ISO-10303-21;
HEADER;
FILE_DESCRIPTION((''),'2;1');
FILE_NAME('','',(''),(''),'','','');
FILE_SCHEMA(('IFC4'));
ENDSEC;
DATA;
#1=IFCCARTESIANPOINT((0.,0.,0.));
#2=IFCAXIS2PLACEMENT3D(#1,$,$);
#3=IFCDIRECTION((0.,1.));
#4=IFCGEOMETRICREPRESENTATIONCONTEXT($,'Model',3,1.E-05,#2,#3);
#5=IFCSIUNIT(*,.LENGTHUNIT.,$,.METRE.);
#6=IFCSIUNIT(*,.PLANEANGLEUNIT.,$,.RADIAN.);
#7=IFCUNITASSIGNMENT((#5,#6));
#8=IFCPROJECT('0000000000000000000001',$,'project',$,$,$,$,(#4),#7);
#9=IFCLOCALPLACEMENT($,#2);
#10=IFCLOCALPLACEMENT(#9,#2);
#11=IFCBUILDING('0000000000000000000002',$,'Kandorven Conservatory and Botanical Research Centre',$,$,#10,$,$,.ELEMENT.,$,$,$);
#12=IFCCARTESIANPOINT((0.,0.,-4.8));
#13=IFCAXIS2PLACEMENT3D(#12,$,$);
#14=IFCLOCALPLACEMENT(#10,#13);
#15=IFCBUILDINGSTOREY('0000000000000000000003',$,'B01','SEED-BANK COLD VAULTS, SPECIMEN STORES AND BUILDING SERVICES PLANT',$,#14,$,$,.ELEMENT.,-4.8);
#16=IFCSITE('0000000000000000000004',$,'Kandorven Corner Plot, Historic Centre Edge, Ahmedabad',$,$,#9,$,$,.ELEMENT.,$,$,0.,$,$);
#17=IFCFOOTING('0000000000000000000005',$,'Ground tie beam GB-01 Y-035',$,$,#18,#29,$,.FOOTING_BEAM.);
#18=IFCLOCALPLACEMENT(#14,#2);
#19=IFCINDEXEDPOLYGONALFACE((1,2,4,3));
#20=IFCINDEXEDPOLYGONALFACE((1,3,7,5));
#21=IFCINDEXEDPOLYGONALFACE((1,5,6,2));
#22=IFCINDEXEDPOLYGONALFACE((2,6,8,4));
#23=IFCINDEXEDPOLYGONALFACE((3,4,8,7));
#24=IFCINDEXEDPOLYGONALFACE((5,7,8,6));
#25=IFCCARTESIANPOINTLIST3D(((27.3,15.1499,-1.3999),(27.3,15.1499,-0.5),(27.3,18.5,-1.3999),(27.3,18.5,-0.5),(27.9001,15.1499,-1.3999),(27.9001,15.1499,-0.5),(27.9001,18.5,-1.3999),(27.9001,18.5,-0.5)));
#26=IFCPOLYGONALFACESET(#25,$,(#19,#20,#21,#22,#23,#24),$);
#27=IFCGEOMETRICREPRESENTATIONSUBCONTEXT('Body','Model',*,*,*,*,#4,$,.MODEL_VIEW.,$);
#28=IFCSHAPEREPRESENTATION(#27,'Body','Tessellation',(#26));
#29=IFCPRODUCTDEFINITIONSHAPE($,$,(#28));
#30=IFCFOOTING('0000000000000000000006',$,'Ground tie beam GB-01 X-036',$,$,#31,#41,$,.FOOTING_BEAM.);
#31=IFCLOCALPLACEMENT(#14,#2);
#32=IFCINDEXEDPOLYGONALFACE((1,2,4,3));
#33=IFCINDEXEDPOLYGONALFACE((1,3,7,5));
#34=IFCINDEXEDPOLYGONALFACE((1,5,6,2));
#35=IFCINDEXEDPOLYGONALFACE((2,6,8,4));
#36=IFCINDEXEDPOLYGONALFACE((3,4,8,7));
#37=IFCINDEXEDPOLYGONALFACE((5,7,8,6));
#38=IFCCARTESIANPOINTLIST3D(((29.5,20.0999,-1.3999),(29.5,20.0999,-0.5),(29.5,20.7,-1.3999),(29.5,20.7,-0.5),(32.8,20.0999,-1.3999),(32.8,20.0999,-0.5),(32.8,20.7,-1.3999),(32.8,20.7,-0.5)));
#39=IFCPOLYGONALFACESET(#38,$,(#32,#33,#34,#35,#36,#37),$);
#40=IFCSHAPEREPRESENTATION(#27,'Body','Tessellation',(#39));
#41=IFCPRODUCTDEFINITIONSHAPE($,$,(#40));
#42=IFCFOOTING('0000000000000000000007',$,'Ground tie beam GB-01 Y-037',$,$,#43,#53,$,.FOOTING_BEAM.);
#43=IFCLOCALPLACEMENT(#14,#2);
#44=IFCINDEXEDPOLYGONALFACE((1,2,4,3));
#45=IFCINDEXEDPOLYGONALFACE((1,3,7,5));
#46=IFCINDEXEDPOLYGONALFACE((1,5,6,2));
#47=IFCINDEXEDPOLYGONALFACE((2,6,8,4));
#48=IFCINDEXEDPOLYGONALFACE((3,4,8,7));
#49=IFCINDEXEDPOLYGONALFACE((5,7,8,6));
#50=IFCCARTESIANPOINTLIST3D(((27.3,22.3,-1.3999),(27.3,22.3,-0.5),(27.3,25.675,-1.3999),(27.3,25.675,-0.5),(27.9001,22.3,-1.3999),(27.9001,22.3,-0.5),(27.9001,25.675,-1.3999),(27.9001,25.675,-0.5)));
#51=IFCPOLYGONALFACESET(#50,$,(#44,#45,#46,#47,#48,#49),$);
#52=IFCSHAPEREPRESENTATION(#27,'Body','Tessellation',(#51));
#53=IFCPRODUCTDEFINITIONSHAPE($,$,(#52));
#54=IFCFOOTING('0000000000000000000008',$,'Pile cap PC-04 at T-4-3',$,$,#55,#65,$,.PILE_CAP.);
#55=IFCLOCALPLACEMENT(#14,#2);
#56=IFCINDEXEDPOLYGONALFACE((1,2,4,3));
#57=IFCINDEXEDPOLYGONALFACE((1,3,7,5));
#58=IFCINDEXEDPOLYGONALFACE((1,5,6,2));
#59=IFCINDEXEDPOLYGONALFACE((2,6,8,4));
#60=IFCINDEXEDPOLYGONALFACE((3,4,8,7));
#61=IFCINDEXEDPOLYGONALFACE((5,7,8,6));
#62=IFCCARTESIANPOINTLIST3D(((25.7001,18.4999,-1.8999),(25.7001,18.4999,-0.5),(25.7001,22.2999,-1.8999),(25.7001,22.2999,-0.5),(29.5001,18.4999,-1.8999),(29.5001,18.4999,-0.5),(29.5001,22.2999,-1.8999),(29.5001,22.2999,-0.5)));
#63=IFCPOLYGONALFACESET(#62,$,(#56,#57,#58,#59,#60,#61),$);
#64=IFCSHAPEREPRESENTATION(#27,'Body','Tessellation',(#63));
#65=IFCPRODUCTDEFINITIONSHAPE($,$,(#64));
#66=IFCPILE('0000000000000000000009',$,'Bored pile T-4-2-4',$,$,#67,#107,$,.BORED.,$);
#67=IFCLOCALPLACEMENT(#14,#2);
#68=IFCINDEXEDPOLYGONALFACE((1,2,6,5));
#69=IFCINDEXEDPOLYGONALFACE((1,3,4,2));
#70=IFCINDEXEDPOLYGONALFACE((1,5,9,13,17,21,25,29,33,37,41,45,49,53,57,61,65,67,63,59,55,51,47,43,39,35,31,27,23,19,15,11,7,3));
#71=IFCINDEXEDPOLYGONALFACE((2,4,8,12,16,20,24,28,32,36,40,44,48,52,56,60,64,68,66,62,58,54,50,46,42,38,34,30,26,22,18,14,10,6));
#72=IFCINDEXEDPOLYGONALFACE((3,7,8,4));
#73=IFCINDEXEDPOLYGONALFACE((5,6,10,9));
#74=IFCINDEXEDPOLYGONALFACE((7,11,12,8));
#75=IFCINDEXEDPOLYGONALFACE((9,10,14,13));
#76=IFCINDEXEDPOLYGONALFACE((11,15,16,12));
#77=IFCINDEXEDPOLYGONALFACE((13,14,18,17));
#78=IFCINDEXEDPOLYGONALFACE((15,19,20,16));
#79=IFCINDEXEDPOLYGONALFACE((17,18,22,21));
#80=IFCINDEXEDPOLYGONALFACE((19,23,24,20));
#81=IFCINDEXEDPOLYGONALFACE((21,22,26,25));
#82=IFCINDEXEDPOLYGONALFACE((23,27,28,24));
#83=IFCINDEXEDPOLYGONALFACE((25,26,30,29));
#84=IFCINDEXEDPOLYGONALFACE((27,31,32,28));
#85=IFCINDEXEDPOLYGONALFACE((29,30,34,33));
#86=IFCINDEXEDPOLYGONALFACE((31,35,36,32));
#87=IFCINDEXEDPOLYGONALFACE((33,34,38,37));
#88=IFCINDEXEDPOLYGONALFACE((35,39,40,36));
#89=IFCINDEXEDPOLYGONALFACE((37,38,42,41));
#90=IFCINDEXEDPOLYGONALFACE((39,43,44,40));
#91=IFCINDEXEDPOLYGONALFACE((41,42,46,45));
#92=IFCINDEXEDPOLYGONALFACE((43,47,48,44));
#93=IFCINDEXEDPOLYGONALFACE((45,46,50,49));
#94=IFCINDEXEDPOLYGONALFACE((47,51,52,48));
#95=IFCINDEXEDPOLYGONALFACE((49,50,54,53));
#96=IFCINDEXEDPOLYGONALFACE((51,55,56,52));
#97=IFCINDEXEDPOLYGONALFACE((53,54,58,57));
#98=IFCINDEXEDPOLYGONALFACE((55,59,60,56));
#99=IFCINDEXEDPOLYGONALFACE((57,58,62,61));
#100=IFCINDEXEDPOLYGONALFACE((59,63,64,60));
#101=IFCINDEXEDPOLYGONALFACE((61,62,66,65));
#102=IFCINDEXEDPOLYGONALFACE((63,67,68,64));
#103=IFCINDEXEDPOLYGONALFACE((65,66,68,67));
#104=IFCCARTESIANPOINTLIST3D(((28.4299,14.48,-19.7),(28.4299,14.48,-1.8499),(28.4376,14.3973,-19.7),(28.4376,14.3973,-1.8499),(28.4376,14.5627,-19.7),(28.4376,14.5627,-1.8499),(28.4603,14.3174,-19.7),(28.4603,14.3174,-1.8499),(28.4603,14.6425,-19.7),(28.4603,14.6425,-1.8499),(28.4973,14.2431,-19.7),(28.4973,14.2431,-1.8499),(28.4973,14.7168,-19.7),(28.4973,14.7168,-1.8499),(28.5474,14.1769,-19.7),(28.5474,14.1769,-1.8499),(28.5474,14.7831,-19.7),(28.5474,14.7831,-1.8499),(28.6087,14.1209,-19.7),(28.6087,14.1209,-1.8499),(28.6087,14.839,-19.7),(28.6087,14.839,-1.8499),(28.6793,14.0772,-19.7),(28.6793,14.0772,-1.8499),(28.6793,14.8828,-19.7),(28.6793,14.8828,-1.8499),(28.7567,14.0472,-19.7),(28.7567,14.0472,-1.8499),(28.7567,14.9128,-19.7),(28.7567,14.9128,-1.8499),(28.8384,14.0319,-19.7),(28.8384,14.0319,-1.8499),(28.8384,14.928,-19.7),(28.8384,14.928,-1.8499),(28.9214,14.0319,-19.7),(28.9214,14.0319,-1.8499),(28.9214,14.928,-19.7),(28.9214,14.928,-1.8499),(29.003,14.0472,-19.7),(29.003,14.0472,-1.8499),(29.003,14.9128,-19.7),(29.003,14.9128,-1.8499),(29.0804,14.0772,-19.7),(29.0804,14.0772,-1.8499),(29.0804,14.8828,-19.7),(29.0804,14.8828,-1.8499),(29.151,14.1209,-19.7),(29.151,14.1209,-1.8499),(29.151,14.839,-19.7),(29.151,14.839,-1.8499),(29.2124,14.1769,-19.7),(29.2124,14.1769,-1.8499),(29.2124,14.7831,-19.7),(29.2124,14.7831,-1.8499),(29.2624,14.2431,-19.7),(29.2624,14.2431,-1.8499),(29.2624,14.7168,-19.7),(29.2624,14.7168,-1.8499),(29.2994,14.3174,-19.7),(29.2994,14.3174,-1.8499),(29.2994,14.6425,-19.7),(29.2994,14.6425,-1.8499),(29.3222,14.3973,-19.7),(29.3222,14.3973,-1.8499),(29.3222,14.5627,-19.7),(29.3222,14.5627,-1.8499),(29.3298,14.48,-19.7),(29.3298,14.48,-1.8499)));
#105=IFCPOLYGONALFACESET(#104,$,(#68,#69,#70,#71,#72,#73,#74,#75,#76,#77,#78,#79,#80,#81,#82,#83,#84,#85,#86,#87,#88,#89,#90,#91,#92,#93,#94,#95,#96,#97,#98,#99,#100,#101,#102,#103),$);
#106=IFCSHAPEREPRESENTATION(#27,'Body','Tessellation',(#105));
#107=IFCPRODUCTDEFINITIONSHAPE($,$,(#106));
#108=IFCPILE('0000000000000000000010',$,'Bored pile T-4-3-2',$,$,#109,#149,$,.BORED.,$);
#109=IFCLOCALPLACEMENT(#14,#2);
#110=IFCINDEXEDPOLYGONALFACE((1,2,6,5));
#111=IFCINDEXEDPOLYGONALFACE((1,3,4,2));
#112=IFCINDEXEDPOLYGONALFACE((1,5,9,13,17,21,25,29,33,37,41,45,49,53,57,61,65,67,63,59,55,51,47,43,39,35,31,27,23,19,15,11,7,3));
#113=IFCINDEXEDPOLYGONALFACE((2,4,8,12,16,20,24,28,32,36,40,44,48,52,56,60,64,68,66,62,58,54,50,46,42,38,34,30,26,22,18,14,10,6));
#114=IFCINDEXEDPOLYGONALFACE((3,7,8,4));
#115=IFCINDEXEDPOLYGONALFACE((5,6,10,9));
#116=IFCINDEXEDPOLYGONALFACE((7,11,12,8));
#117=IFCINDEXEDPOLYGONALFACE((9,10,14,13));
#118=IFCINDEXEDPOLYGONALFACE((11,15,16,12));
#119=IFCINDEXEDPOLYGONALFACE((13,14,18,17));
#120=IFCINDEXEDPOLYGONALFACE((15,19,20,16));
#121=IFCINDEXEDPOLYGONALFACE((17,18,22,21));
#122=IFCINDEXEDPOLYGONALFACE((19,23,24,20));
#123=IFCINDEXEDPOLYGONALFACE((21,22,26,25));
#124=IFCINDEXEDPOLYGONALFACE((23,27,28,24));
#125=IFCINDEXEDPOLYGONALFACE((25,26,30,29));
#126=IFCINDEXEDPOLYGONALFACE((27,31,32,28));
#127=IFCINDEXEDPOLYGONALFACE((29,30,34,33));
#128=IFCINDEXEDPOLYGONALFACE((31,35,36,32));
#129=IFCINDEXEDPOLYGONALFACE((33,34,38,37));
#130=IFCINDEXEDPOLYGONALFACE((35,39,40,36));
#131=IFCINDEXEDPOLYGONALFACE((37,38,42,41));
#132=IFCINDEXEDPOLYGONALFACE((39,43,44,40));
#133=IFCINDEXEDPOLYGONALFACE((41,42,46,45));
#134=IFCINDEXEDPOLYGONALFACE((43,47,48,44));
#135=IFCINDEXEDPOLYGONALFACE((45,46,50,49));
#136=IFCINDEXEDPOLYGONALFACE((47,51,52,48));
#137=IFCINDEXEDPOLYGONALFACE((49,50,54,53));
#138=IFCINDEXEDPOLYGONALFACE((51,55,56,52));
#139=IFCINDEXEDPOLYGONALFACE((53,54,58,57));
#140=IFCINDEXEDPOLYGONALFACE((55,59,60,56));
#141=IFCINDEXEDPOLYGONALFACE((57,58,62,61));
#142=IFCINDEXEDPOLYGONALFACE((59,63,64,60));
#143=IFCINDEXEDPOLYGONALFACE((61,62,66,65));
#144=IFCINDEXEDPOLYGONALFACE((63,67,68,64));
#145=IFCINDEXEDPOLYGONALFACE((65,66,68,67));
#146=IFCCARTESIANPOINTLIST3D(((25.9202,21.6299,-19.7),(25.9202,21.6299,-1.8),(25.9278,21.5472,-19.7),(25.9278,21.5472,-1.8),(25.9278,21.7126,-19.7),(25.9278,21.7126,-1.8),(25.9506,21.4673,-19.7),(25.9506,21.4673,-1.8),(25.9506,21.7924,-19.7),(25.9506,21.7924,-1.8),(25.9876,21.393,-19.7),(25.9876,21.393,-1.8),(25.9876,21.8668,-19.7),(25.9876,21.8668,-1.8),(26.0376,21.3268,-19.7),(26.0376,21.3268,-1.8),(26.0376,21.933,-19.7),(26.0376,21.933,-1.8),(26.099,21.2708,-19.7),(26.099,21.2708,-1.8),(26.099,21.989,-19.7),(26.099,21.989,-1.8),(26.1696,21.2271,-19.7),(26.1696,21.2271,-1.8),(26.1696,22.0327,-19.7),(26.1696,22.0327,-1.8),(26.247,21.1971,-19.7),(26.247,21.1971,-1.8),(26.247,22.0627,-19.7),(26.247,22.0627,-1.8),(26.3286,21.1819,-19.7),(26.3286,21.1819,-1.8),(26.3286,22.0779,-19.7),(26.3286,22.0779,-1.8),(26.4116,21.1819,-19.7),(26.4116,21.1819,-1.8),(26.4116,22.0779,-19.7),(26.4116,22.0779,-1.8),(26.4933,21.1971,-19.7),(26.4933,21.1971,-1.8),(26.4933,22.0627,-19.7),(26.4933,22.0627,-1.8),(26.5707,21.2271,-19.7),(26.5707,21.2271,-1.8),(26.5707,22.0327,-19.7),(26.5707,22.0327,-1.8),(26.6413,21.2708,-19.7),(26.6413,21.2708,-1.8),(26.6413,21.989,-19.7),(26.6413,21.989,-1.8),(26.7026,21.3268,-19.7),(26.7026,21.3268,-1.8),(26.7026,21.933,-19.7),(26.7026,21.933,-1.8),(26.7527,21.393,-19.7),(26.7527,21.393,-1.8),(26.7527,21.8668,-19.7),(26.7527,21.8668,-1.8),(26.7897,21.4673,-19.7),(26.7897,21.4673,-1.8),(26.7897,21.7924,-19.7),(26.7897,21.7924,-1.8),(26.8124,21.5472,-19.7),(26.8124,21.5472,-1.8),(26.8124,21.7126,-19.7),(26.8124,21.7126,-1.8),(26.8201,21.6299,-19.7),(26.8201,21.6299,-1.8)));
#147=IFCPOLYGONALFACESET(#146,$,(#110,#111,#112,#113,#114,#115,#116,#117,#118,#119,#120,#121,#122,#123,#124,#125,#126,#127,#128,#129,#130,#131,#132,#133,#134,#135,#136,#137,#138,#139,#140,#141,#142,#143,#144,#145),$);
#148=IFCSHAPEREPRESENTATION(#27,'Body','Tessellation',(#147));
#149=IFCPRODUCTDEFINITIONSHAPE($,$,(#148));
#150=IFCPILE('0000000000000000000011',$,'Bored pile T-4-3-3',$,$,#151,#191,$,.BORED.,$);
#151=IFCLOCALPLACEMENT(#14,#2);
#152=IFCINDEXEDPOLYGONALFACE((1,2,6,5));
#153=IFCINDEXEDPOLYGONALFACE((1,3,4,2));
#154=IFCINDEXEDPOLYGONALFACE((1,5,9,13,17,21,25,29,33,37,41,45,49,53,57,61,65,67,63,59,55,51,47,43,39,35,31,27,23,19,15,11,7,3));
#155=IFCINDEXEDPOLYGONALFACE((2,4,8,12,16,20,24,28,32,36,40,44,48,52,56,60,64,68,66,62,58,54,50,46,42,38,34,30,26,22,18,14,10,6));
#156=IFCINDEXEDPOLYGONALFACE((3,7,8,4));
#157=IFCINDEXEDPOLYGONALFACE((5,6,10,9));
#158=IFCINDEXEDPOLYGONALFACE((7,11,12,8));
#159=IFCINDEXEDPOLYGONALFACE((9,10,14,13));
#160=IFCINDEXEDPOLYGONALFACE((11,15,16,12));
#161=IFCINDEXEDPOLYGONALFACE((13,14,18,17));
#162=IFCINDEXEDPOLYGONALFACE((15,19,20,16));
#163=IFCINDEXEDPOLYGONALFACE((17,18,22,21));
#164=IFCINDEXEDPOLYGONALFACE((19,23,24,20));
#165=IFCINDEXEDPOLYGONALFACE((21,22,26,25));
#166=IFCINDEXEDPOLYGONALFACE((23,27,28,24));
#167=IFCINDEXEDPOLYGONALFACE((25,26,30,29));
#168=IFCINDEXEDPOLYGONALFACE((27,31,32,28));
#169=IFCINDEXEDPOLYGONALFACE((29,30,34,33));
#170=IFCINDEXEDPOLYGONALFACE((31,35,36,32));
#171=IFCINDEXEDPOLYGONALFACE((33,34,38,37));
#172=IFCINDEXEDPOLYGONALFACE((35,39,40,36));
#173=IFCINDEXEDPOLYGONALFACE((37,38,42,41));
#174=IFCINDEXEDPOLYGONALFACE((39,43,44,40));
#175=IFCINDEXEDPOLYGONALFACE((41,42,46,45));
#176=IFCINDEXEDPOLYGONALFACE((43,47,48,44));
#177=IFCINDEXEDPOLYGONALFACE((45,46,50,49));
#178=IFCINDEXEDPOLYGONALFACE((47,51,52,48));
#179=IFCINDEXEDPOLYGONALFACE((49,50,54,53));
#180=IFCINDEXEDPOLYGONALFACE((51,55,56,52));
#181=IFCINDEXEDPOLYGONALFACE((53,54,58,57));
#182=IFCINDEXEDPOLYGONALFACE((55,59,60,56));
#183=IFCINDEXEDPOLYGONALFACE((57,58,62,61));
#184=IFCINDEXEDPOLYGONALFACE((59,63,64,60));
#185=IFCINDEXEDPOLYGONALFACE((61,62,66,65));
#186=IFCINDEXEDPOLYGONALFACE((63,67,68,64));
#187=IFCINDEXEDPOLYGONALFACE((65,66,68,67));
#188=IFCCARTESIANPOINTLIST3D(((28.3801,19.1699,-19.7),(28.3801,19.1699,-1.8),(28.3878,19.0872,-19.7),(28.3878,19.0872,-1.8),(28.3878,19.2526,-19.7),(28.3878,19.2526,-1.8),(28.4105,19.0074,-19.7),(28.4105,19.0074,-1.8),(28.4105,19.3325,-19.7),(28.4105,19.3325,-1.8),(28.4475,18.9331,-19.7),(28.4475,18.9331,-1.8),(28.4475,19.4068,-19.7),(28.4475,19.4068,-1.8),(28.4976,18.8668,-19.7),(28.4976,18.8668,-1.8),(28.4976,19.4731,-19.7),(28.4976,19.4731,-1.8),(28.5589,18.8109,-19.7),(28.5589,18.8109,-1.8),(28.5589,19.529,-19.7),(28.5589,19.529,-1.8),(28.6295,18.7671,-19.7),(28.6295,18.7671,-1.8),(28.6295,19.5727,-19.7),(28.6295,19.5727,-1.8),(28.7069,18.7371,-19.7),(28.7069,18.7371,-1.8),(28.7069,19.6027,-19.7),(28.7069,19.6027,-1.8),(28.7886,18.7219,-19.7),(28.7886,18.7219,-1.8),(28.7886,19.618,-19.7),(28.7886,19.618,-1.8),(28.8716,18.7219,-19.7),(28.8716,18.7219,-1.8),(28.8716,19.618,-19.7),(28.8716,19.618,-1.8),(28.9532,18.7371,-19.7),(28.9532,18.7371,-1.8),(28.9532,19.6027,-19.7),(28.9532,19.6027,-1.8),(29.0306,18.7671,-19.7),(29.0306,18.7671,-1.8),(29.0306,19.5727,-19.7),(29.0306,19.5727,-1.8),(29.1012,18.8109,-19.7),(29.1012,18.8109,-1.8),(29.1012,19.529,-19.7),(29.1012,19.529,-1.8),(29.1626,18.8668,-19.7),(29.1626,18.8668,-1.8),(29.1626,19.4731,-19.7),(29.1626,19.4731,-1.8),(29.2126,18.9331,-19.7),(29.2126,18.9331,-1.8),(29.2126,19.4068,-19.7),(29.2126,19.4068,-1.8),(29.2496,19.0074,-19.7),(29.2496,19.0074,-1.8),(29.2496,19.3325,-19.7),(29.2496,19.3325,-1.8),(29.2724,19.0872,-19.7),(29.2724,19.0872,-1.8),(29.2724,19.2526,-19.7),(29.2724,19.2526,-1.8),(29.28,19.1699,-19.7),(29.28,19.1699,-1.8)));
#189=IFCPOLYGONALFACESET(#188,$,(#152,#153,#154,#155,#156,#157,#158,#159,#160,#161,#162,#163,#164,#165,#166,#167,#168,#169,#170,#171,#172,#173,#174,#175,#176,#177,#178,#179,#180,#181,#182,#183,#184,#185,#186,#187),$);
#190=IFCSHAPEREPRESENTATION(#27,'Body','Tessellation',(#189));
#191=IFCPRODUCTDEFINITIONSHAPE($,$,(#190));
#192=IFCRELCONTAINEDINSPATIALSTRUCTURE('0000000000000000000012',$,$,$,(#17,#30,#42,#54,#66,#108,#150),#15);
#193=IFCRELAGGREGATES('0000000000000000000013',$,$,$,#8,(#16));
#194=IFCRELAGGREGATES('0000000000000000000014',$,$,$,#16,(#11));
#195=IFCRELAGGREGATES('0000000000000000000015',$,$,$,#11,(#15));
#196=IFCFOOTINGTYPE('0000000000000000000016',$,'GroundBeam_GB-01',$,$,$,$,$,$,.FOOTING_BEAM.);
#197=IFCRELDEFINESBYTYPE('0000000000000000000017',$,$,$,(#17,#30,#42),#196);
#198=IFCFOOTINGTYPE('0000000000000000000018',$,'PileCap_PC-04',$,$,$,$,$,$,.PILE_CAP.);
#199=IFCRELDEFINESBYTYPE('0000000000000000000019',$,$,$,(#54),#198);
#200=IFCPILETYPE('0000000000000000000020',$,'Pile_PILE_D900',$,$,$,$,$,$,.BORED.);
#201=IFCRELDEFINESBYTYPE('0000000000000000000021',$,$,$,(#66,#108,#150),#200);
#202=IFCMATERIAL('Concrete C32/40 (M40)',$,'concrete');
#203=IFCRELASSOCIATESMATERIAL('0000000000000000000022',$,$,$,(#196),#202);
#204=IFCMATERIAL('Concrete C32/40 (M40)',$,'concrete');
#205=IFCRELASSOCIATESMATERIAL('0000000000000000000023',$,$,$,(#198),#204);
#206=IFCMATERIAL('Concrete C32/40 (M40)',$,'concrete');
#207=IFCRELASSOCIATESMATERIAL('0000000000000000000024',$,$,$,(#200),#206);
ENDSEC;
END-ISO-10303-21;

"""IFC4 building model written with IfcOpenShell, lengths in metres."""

from ifc_helpers import new_model, si_unit, direction, frame, origin, origin_2d, place, context, subcontext, project, spatial, rectangle, circle, extrude, material, material_profile, profile_set, type_object, element, save


model = new_model("IFC4")

# Units and contexts
model_context = context("Model", 3, precision=1e-05, world=origin(), true_north=direction((0.0, 1.0)))
body_context = subcontext(model_context, "Body", "Model", "MODEL_VIEW")
ifc_project = project(units=[si_unit("LENGTHUNIT", "METRE"), si_unit("PLANEANGLEUNIT", "RADIAN")], contexts=[model_context])

# Site, building, storey
site_placement = place(None, origin())
site = spatial("IfcSite", under=ifc_project, at=site_placement, Name="Kandorven Corner Plot, Historic Centre Edge, Ahmedabad", CompositionType="ELEMENT", RefElevation=0.0)
building_placement = place(site_placement, origin())
building = spatial("IfcBuilding", under=site, at=building_placement, Name="Kandorven Conservatory and Botanical Research Centre", CompositionType="ELEMENT")
storey_placement = place(building_placement, frame((0.0, 0.0, -4.8)))
storey = spatial("IfcBuildingStorey", under=building, at=storey_placement, Name="B01", Description="SEED-BANK COLD VAULTS, SPECIMEN STORES AND BUILDING SERVICES PLANT", CompositionType="ELEMENT", Elevation=-4.8)

# Footings
ifc_material_1 = material(Name="Concrete C32/40 (M40)", Category="concrete")
ifc_material_profile_1 = material_profile(ifc_material_1, rectangle(XDim=0.6001, YDim=0.8999, at=origin_2d()))
ifc_profile_set_1 = profile_set([ifc_material_profile_1], Name="Concrete C32/40 (M40)")
footing_type_1 = type_object("IfcFootingType", Name="GroundBeam_GB-01", PredefinedType="FOOTING_BEAM", material=ifc_profile_set_1)
footing_1_placement = place(storey_placement, frame((27.6001, 15.1499, -0.95), z_axis=(0.0, 1.0, 0.0), x_axis=(-1.0, 0.0, 0.0)))
element("IfcFooting", 1, at=footing_1_placement, inside=storey, type_object=footing_type_1, Name="Ground tie beam GB-01 Y-035", PredefinedType="FOOTING_BEAM", context=body_context, shape_type="SweptSolid", body=[
    extrude(rectangle(XDim=0.6001, YDim=0.8999, at=origin_2d()), origin(), (0.0, 0.0, 1.0), 3.3501),
])
footing_2_placement = place(storey_placement, frame((29.5, 20.3999, -0.95), z_axis=(1.0, 0.0, 0.0), x_axis=(0.0, 1.0, 0.0)))
element("IfcFooting", 2, at=footing_2_placement, inside=storey, type_object=footing_type_1, Name="Ground tie beam GB-01 X-036", PredefinedType="FOOTING_BEAM", context=body_context, shape_type="SweptSolid", body=[
    extrude(rectangle(XDim=0.6001, YDim=0.8999, at=origin_2d()), origin(), (0.0, 0.0, 1.0), 3.3),
])
footing_3_placement = place(storey_placement, frame((27.6001, 22.3, -0.95), z_axis=(0.0, 1.0, 0.0), x_axis=(-1.0, 0.0, 0.0)))
element("IfcFooting", 3, at=footing_3_placement, inside=storey, type_object=footing_type_1, Name="Ground tie beam GB-01 Y-037", PredefinedType="FOOTING_BEAM", context=body_context, shape_type="SweptSolid", body=[
    extrude(rectangle(XDim=0.6001, YDim=0.8999, at=origin_2d()), origin(), (0.0, 0.0, 1.0), 3.375),
])
ifc_material_2 = material(Name="Concrete C32/40 (M40)", Category="concrete")
footing_type_2 = type_object("IfcFootingType", Name="PileCap_PC-04", PredefinedType="PILE_CAP", material=ifc_material_2)
footing_4_placement = place(storey_placement, frame((27.6001, 20.3999, -1.8999), z_axis=(0.0, 0.0, 1.0), x_axis=(1.0, 0.0, 0.0)))
element("IfcFooting", 4, at=footing_4_placement, inside=storey, type_object=footing_type_2, Name="Pile cap PC-04 at T-4-3", PredefinedType="PILE_CAP", context=body_context, shape_type="SweptSolid", body=[
    extrude(rectangle(XDim=3.8, YDim=3.8, at=origin_2d()), origin(), (0.0, 0.0, 1.0), 1.3999),
])

# Piles
ifc_material_3 = material(Name="Concrete C32/40 (M40)", Category="concrete")
ifc_material_profile_2 = material_profile(ifc_material_3, circle(Radius=0.45, at=origin_2d()))
ifc_profile_set_2 = profile_set([ifc_material_profile_2], Name="Concrete C32/40 (M40)")
pile_type = type_object("IfcPileType", Name="Pile_PILE_D900", PredefinedType="BORED", material=ifc_profile_set_2)
pile_1_placement = place(storey_placement, frame((28.8799, 14.48, -1.8499), z_axis=(0.0, 0.0, -1.0), x_axis=(1.0, 0.0, 0.0)))
element("IfcPile", 5, at=pile_1_placement, inside=storey, type_object=pile_type, Name="Bored pile T-4-2-4", PredefinedType="BORED", context=body_context, shape_type="SweptSolid", body=[
    extrude(circle(Radius=0.45, at=origin_2d()), origin(), (0.0, 0.0, 1.0), 17.8501),
])
for number, where, z_axis, x_axis, name in (
    (6, (26.3701, 21.6299, -1.8), (0.0, 0.0, -1.0), (1.0, 0.0, 0.0), "Bored pile T-4-3-2"),
    (7, (28.8301, 19.1699, -1.8), (0.0, 0.0, -1.0), (1.0, 0.0, 0.0), "Bored pile T-4-3-3"),
):
    element("IfcPile", number, at=place(storey_placement, frame(where, z_axis=z_axis, x_axis=x_axis)), inside=storey, type_object=pile_type, Name=name, PredefinedType="BORED", context=body_context, shape_type="SweptSolid", body=[
        extrude(circle(Radius=0.45, at=origin_2d()), origin(), (0.0, 0.0, 1.0), 17.8999),
    ])

save(model, "model.ifc")
